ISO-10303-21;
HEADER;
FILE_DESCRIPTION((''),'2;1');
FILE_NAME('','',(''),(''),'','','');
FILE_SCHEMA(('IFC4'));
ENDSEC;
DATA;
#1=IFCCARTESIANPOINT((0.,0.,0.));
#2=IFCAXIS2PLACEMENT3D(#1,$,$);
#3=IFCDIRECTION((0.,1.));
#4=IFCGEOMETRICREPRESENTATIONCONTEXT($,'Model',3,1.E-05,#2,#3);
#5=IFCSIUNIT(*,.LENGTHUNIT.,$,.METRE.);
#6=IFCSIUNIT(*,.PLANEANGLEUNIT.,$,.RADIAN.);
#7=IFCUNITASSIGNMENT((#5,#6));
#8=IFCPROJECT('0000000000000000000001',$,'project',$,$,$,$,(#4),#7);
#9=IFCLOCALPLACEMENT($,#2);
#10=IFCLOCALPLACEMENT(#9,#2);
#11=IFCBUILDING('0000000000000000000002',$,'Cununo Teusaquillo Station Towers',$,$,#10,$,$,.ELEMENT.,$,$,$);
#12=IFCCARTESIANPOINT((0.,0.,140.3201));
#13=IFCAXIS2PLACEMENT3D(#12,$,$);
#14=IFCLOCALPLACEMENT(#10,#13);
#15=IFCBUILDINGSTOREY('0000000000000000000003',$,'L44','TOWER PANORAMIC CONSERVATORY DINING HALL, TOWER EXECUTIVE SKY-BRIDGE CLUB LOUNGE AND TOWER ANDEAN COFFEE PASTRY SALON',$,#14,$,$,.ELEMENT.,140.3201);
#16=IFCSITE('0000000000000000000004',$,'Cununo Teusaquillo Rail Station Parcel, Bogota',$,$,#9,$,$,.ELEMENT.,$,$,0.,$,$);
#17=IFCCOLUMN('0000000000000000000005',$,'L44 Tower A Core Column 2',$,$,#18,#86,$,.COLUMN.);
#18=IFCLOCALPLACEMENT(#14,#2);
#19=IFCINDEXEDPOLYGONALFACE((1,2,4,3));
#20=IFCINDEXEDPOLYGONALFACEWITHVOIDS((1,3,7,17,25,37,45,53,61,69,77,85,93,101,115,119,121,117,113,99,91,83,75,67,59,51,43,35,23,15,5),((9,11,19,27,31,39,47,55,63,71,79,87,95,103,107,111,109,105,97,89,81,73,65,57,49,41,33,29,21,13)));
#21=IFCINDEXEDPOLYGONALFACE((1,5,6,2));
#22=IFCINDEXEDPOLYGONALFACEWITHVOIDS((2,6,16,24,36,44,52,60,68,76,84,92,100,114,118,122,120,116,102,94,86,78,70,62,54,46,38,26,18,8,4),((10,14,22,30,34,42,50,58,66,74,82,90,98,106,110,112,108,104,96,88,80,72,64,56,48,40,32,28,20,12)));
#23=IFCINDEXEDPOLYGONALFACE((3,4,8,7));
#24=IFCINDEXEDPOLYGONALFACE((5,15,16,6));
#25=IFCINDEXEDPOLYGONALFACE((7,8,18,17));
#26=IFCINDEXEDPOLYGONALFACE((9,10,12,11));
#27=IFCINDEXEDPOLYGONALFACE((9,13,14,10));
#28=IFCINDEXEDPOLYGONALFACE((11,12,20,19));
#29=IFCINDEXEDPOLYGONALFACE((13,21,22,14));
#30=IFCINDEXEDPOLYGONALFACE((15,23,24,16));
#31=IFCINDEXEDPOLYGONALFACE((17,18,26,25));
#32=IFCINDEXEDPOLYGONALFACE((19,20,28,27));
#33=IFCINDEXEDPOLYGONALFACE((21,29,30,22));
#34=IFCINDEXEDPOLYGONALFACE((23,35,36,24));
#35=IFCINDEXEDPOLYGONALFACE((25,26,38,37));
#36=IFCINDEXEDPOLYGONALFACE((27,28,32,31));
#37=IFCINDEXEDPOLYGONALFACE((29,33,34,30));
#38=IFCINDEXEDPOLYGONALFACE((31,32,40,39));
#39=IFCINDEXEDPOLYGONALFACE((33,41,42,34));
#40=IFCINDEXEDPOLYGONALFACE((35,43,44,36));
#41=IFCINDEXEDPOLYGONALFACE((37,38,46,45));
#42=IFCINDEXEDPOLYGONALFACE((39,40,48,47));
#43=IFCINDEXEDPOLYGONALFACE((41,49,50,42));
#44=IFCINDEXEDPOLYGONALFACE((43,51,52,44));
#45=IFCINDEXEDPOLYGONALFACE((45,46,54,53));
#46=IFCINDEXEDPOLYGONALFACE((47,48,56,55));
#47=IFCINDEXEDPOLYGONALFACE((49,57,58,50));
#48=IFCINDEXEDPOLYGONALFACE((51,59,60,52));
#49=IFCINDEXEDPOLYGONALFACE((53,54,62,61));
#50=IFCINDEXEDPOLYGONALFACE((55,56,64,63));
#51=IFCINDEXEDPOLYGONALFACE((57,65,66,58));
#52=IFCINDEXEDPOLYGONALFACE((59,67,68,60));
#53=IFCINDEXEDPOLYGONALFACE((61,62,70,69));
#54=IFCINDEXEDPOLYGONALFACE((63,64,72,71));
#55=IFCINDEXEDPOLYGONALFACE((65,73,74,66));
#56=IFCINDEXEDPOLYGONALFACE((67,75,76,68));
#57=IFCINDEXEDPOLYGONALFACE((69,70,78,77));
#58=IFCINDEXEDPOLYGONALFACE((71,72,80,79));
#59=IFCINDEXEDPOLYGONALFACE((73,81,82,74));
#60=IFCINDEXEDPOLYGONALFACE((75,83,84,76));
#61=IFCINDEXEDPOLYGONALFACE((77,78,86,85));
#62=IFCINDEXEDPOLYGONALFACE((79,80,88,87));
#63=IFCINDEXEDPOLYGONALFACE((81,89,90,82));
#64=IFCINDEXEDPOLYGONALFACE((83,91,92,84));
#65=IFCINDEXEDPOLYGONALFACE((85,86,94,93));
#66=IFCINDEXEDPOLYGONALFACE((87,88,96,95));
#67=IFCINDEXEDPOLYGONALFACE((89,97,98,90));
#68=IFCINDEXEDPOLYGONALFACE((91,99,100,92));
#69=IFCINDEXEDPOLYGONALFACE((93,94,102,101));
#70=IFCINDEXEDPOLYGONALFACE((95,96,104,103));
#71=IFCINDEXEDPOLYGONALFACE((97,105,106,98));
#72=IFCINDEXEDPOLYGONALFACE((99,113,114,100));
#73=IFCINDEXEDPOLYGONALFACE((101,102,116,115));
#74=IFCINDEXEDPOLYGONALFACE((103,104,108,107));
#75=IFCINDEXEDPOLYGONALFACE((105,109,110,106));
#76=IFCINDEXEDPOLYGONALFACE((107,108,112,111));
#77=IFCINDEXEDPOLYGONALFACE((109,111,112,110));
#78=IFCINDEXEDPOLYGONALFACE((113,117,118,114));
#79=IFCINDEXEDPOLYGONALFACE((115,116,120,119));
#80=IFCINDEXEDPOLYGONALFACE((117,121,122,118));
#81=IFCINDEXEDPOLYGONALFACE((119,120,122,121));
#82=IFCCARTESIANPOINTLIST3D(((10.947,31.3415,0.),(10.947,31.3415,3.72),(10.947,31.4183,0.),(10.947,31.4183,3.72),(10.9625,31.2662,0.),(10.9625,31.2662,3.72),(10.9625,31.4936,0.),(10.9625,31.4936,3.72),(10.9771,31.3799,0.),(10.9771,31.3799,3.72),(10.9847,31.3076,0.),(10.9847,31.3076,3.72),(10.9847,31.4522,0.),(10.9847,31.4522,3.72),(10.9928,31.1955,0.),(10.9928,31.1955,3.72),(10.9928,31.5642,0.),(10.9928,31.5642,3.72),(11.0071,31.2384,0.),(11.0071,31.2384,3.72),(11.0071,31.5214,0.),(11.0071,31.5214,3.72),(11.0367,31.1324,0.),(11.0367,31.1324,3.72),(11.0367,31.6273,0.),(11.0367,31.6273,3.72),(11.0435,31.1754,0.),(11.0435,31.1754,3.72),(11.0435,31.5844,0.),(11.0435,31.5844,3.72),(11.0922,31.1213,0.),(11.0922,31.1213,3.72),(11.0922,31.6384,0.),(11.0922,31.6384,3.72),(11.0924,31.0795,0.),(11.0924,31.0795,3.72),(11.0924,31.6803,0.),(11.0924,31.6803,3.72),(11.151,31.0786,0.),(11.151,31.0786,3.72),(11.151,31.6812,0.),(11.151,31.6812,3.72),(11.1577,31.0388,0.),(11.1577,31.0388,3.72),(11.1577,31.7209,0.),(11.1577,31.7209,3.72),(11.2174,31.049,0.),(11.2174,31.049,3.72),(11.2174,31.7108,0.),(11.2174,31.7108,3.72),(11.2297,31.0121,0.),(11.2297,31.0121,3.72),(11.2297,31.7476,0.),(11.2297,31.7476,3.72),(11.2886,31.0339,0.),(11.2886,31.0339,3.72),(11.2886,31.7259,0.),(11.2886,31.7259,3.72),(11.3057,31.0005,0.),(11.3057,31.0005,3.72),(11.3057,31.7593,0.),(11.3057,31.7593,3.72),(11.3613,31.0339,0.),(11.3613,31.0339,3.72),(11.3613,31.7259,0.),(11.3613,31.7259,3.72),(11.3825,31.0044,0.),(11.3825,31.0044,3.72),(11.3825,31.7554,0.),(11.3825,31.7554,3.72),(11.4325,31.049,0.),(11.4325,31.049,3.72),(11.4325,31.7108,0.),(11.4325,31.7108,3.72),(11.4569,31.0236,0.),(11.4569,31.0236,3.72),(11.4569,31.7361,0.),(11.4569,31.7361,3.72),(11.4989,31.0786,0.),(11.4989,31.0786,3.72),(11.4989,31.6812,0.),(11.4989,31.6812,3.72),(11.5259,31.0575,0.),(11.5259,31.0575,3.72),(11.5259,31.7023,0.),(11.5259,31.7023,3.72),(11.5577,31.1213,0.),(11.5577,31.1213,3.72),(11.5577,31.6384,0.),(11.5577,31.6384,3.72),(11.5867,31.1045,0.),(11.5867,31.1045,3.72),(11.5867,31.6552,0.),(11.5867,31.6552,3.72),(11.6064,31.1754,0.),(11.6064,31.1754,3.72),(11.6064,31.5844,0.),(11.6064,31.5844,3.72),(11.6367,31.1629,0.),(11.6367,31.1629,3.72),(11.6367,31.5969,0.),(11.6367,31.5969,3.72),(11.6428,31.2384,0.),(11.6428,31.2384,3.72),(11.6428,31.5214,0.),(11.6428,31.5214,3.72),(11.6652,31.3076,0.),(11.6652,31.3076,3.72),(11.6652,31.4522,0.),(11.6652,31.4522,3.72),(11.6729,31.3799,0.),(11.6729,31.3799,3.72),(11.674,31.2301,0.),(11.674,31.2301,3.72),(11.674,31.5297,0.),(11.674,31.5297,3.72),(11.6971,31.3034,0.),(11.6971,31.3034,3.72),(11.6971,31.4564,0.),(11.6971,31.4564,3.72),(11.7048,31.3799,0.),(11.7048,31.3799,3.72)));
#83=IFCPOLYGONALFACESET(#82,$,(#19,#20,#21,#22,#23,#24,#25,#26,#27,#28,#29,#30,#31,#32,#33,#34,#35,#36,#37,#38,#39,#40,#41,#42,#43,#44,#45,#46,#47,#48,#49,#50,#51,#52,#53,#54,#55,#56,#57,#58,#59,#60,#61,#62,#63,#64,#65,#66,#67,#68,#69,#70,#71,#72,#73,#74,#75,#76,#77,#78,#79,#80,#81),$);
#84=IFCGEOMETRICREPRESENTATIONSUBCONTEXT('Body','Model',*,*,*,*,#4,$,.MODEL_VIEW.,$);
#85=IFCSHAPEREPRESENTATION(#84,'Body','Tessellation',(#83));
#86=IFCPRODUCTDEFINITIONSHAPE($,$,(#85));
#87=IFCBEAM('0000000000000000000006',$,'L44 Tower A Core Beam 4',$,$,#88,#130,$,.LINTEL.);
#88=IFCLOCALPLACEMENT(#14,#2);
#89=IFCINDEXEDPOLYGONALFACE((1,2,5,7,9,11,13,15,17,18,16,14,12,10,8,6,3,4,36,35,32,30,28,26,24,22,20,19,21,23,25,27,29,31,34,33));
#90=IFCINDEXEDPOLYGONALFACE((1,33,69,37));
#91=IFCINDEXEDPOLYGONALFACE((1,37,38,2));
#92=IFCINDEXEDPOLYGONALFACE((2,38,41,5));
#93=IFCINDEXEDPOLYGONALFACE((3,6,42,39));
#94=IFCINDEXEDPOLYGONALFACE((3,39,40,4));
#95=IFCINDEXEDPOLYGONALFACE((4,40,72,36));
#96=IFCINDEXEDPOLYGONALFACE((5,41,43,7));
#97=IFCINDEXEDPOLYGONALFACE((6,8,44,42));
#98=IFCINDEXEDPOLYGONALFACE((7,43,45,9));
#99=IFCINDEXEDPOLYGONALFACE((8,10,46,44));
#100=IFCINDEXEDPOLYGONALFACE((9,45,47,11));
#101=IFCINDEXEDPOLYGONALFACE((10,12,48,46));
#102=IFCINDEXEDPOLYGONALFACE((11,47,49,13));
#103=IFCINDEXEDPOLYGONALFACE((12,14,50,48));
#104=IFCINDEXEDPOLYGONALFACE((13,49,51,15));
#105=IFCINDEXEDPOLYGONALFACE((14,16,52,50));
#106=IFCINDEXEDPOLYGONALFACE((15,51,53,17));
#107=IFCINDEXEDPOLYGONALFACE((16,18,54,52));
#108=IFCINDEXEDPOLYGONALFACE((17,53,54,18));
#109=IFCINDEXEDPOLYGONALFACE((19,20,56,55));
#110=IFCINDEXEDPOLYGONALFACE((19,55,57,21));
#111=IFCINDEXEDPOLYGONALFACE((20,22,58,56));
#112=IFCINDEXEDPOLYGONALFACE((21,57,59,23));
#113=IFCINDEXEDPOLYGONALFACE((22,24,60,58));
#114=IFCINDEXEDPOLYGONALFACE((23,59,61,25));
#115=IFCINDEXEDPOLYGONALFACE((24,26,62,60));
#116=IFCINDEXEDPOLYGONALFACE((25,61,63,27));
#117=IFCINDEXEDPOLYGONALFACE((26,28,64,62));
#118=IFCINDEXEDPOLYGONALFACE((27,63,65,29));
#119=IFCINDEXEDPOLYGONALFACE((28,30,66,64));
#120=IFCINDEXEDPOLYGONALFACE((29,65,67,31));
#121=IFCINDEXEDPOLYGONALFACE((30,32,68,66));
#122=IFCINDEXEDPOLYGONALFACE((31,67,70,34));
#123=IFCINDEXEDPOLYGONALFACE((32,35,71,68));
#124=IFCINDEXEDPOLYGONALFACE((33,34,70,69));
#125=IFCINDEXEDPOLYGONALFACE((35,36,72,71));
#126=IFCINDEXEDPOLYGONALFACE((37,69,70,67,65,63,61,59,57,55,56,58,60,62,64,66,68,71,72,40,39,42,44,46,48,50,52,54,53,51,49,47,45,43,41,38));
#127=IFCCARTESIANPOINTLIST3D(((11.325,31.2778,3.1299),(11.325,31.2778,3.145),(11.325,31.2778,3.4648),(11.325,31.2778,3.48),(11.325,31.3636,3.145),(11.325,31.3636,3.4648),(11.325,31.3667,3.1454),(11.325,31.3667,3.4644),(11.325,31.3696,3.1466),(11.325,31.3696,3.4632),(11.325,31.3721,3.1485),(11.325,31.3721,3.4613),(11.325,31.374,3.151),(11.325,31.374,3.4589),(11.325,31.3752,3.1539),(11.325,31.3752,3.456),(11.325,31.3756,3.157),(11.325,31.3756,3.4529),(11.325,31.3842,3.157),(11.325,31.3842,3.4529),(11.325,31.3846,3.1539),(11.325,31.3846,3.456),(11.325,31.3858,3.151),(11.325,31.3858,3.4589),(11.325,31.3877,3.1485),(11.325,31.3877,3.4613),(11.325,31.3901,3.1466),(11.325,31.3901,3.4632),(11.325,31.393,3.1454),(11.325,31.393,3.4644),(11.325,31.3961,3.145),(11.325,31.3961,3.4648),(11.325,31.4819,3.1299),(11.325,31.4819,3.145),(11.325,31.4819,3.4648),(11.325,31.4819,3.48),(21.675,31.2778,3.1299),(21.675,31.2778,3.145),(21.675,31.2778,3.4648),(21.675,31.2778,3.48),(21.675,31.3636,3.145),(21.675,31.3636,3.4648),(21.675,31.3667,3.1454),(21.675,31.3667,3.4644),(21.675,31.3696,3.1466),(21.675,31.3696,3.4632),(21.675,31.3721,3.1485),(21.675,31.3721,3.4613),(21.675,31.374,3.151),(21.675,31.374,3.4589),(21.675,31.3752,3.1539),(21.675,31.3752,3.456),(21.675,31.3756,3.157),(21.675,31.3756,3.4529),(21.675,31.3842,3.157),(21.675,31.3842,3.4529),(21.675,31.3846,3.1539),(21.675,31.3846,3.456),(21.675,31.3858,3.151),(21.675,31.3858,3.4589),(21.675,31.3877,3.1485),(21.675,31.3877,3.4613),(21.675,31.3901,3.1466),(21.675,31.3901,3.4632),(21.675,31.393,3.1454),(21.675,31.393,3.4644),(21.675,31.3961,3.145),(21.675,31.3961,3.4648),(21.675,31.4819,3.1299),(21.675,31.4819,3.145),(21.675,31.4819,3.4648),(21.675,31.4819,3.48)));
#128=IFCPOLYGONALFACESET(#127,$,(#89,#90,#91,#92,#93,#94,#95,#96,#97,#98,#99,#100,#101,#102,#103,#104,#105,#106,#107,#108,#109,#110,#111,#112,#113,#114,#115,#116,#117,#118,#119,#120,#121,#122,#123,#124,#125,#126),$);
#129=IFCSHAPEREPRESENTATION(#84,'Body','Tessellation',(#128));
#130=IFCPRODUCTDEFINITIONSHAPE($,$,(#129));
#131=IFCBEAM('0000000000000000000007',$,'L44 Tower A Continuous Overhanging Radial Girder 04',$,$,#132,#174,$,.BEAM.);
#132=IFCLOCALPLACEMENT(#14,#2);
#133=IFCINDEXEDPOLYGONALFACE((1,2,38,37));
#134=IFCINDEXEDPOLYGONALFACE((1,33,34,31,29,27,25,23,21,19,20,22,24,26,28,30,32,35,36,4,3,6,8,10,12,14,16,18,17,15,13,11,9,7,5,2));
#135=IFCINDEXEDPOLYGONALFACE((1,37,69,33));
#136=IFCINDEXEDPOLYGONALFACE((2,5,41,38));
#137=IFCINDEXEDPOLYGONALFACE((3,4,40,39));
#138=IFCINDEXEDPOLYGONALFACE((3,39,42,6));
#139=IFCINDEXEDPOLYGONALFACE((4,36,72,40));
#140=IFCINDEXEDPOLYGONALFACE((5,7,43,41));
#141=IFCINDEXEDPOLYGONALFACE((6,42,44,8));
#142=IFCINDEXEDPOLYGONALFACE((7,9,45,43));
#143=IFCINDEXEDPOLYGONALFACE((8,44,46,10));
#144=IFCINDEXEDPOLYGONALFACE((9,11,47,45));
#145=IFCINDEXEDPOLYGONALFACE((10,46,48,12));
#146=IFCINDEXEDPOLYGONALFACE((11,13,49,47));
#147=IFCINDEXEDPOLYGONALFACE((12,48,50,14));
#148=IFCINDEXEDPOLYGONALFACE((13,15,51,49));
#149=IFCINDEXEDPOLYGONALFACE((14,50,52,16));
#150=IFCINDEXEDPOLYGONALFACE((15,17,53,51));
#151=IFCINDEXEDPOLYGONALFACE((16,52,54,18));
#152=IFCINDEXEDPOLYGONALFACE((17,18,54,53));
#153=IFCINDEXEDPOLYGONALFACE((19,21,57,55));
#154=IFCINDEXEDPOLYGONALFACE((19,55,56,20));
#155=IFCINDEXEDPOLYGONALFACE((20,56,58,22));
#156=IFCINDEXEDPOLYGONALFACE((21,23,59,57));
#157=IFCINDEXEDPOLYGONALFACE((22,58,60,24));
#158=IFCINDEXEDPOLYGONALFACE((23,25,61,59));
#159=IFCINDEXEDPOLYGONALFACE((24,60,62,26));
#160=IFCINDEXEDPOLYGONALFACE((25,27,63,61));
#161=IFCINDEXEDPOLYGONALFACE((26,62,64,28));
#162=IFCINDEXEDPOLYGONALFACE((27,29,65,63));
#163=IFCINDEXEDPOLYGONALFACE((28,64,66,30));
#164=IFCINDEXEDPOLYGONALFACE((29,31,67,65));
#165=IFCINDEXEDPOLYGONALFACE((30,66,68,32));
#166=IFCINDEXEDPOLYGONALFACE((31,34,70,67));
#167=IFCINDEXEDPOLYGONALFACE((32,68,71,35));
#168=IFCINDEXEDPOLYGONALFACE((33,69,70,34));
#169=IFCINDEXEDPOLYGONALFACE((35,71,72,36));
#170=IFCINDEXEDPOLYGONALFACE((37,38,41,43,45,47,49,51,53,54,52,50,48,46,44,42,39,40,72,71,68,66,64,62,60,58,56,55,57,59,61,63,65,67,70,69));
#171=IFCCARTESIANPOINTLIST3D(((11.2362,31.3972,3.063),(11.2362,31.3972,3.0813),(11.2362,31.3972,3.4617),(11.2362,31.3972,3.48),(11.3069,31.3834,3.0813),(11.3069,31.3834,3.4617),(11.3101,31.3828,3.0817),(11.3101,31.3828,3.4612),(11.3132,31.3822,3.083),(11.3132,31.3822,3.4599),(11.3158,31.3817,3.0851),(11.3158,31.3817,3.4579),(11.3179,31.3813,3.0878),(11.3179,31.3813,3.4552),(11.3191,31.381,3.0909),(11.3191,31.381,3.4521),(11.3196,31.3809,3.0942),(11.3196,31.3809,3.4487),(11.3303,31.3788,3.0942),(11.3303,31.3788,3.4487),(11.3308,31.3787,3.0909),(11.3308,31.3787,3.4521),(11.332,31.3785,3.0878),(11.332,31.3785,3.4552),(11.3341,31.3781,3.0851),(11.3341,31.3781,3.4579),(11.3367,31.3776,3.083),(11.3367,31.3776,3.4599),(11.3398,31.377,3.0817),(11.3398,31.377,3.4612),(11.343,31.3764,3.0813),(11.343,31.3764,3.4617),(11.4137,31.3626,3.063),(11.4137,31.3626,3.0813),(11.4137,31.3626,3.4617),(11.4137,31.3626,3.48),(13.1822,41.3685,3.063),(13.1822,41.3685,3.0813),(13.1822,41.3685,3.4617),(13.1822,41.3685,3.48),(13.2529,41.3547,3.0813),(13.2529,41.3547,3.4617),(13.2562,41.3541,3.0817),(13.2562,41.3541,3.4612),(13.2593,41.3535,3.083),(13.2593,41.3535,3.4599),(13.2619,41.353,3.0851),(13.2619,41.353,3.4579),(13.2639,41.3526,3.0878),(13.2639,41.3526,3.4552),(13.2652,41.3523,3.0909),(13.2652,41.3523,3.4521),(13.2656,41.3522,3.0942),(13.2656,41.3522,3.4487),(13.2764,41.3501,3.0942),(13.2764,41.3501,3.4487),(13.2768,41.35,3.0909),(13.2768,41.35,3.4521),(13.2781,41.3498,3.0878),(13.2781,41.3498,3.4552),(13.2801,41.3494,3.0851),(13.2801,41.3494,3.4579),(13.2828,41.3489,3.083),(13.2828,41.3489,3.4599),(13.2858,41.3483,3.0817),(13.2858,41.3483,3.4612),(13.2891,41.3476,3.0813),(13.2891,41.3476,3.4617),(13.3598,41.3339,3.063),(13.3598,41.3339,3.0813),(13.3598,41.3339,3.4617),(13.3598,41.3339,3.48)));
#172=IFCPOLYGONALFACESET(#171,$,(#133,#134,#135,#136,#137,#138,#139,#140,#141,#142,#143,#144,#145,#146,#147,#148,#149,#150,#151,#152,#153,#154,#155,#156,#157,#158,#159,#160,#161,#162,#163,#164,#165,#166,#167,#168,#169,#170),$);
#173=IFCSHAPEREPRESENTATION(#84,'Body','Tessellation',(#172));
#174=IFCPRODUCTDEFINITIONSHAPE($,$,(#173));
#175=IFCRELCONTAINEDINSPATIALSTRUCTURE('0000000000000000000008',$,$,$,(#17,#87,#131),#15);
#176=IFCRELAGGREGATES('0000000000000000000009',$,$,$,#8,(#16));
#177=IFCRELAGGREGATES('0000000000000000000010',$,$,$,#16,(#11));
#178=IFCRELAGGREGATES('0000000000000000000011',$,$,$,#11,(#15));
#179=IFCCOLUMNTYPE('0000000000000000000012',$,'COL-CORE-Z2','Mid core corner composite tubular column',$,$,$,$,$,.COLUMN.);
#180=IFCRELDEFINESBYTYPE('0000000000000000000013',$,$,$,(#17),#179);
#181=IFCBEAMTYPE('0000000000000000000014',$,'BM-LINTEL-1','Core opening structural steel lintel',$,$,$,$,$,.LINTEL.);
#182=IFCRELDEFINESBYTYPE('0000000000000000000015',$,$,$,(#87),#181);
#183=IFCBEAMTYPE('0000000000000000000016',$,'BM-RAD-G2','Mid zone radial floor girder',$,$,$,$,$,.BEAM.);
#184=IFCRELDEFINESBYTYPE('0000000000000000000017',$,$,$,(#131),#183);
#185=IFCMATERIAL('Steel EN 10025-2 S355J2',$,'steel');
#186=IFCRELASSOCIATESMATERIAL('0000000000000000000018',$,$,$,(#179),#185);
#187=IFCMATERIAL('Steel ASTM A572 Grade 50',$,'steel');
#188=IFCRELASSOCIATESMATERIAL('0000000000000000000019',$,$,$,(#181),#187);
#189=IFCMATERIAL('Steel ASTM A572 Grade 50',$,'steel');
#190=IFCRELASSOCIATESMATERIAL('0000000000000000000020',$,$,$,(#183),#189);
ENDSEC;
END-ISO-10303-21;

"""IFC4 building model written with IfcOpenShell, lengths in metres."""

from ifc_helpers import new_model, si_unit, direction, frame, origin, origin_2d, place, context, subcontext, project, spatial, hollow_circle, i_section, extrude, material, material_profile, profile_set, type_object, element, save


model = new_model("IFC4")

# Units and contexts
model_context = context("Model", 3, precision=1e-05, world=origin(), true_north=direction((0.0, 1.0)))
body_context = subcontext(model_context, "Body", "Model", "MODEL_VIEW")
ifc_project = project(units=[si_unit("LENGTHUNIT", "METRE"), si_unit("PLANEANGLEUNIT", "RADIAN")], contexts=[model_context])

# Site, building, storey
site_placement = place(None, origin())
site = spatial("IfcSite", under=ifc_project, at=site_placement, Name="Cununo Teusaquillo Rail Station Parcel, Bogota", CompositionType="ELEMENT", RefElevation=0.0)
building_placement = place(site_placement, origin())
building = spatial("IfcBuilding", under=site, at=building_placement, Name="Cununo Teusaquillo Station Towers", CompositionType="ELEMENT")
storey_placement = place(building_placement, frame((0.0, 0.0, 140.3201)))
storey = spatial("IfcBuildingStorey", under=building, at=storey_placement, Name="L44", Description="TOWER PANORAMIC CONSERVATORY DINING HALL, TOWER EXECUTIVE SKY-BRIDGE CLUB LOUNGE AND TOWER ANDEAN COFFEE PASTRY SALON", CompositionType="ELEMENT", Elevation=140.3201)

# Column
ifc_material_1 = material(Name="Steel EN 10025-2 S355J2", Category="steel")
ifc_material_profile_1 = material_profile(ifc_material_1, hollow_circle(Radius=0.3799, WallThickness=0.032, at=origin_2d()), Name="CHS 760x32")
ifc_profile_set_1 = profile_set([ifc_material_profile_1], Name="Steel EN 10025-2 S355J2")
column_type = type_object("IfcColumnType", Name="COL-CORE-Z2", Description="Mid core corner composite tubular column", PredefinedType="COLUMN", material=ifc_profile_set_1)
column_placement = place(storey_placement, frame((11.325, 31.3799, 0.0), z_axis=(0.0, 0.0, 1.0), x_axis=(1.0, 0.0, 0.0)))
element("IfcColumn", 1, at=column_placement, inside=storey, type_object=column_type, Name="L44 Tower A Core Column 2", PredefinedType="COLUMN", context=body_context, shape_type="SweptSolid", body=[
    extrude(hollow_circle(Radius=0.3799, WallThickness=0.032, at=origin_2d()), origin(), (0.0, 0.0, 1.0), 3.72),
])

# Beams
ifc_material_2 = material(Name="Steel ASTM A572 Grade 50", Category="steel")
ifc_material_profile_2 = material_profile(ifc_material_2, i_section(OverallWidth=0.2041, OverallDepth=0.3501, WebThickness=0.0085, FlangeThickness=0.0151, FilletRadius=0.012, at=origin_2d()), Name="W14X48")
ifc_profile_set_2 = profile_set([ifc_material_profile_2], Name="Steel ASTM A572 Grade 50")
beam_type_1 = type_object("IfcBeamType", Name="BM-LINTEL-1", Description="Core opening structural steel lintel", PredefinedType="LINTEL", material=ifc_profile_set_2)
beam_1_placement = place(storey_placement, frame((11.325, 31.3799, 3.3049), z_axis=(1.0, 0.0, 0.0), x_axis=(0.0, 1.0, 0.0)))
element("IfcBeam", 2, at=beam_1_placement, inside=storey, type_object=beam_type_1, Name="L44 Tower A Core Beam 4", PredefinedType="LINTEL", context=body_context, shape_type="SweptSolid", body=[
    extrude(i_section(OverallWidth=0.2041, OverallDepth=0.3501, WebThickness=0.0085, FlangeThickness=0.0151, FilletRadius=0.012, at=origin_2d()), origin(), (0.0, 0.0, 1.0), 10.3501),
])
ifc_material_3 = material(Name="Steel ASTM A572 Grade 50", Category="steel")
ifc_material_profile_3 = material_profile(ifc_material_3, i_section(OverallWidth=0.1809, OverallDepth=0.417, WebThickness=0.011, FlangeThickness=0.0183, FilletRadius=0.0129, at=origin_2d()), Name="W16X57")
ifc_profile_set_3 = profile_set([ifc_material_profile_3], Name="Steel ASTM A572 Grade 50")
beam_type_2 = type_object("IfcBeamType", Name="BM-RAD-G2", Description="Mid zone radial floor girder", PredefinedType="BEAM", material=ifc_profile_set_3)
beam_2_placement = place(storey_placement, frame((11.325, 31.3799, 3.2715), z_axis=(0.191553, 0.981482, 0.0), x_axis=(-0.981482, 0.191553, 0.0)))
element("IfcBeam", 3, at=beam_2_placement, inside=storey, type_object=beam_type_2, Name="L44 Tower A Continuous Overhanging Radial Girder 04", PredefinedType="BEAM", context=body_context, shape_type="SweptSolid", body=[
    extrude(i_section(OverallWidth=0.1809, OverallDepth=0.417, WebThickness=0.011, FlangeThickness=0.0183, FilletRadius=0.0129, at=origin_2d()), origin(), (0.0, 0.0, 1.0), 10.1594),
])

save(model, "model.ifc")
